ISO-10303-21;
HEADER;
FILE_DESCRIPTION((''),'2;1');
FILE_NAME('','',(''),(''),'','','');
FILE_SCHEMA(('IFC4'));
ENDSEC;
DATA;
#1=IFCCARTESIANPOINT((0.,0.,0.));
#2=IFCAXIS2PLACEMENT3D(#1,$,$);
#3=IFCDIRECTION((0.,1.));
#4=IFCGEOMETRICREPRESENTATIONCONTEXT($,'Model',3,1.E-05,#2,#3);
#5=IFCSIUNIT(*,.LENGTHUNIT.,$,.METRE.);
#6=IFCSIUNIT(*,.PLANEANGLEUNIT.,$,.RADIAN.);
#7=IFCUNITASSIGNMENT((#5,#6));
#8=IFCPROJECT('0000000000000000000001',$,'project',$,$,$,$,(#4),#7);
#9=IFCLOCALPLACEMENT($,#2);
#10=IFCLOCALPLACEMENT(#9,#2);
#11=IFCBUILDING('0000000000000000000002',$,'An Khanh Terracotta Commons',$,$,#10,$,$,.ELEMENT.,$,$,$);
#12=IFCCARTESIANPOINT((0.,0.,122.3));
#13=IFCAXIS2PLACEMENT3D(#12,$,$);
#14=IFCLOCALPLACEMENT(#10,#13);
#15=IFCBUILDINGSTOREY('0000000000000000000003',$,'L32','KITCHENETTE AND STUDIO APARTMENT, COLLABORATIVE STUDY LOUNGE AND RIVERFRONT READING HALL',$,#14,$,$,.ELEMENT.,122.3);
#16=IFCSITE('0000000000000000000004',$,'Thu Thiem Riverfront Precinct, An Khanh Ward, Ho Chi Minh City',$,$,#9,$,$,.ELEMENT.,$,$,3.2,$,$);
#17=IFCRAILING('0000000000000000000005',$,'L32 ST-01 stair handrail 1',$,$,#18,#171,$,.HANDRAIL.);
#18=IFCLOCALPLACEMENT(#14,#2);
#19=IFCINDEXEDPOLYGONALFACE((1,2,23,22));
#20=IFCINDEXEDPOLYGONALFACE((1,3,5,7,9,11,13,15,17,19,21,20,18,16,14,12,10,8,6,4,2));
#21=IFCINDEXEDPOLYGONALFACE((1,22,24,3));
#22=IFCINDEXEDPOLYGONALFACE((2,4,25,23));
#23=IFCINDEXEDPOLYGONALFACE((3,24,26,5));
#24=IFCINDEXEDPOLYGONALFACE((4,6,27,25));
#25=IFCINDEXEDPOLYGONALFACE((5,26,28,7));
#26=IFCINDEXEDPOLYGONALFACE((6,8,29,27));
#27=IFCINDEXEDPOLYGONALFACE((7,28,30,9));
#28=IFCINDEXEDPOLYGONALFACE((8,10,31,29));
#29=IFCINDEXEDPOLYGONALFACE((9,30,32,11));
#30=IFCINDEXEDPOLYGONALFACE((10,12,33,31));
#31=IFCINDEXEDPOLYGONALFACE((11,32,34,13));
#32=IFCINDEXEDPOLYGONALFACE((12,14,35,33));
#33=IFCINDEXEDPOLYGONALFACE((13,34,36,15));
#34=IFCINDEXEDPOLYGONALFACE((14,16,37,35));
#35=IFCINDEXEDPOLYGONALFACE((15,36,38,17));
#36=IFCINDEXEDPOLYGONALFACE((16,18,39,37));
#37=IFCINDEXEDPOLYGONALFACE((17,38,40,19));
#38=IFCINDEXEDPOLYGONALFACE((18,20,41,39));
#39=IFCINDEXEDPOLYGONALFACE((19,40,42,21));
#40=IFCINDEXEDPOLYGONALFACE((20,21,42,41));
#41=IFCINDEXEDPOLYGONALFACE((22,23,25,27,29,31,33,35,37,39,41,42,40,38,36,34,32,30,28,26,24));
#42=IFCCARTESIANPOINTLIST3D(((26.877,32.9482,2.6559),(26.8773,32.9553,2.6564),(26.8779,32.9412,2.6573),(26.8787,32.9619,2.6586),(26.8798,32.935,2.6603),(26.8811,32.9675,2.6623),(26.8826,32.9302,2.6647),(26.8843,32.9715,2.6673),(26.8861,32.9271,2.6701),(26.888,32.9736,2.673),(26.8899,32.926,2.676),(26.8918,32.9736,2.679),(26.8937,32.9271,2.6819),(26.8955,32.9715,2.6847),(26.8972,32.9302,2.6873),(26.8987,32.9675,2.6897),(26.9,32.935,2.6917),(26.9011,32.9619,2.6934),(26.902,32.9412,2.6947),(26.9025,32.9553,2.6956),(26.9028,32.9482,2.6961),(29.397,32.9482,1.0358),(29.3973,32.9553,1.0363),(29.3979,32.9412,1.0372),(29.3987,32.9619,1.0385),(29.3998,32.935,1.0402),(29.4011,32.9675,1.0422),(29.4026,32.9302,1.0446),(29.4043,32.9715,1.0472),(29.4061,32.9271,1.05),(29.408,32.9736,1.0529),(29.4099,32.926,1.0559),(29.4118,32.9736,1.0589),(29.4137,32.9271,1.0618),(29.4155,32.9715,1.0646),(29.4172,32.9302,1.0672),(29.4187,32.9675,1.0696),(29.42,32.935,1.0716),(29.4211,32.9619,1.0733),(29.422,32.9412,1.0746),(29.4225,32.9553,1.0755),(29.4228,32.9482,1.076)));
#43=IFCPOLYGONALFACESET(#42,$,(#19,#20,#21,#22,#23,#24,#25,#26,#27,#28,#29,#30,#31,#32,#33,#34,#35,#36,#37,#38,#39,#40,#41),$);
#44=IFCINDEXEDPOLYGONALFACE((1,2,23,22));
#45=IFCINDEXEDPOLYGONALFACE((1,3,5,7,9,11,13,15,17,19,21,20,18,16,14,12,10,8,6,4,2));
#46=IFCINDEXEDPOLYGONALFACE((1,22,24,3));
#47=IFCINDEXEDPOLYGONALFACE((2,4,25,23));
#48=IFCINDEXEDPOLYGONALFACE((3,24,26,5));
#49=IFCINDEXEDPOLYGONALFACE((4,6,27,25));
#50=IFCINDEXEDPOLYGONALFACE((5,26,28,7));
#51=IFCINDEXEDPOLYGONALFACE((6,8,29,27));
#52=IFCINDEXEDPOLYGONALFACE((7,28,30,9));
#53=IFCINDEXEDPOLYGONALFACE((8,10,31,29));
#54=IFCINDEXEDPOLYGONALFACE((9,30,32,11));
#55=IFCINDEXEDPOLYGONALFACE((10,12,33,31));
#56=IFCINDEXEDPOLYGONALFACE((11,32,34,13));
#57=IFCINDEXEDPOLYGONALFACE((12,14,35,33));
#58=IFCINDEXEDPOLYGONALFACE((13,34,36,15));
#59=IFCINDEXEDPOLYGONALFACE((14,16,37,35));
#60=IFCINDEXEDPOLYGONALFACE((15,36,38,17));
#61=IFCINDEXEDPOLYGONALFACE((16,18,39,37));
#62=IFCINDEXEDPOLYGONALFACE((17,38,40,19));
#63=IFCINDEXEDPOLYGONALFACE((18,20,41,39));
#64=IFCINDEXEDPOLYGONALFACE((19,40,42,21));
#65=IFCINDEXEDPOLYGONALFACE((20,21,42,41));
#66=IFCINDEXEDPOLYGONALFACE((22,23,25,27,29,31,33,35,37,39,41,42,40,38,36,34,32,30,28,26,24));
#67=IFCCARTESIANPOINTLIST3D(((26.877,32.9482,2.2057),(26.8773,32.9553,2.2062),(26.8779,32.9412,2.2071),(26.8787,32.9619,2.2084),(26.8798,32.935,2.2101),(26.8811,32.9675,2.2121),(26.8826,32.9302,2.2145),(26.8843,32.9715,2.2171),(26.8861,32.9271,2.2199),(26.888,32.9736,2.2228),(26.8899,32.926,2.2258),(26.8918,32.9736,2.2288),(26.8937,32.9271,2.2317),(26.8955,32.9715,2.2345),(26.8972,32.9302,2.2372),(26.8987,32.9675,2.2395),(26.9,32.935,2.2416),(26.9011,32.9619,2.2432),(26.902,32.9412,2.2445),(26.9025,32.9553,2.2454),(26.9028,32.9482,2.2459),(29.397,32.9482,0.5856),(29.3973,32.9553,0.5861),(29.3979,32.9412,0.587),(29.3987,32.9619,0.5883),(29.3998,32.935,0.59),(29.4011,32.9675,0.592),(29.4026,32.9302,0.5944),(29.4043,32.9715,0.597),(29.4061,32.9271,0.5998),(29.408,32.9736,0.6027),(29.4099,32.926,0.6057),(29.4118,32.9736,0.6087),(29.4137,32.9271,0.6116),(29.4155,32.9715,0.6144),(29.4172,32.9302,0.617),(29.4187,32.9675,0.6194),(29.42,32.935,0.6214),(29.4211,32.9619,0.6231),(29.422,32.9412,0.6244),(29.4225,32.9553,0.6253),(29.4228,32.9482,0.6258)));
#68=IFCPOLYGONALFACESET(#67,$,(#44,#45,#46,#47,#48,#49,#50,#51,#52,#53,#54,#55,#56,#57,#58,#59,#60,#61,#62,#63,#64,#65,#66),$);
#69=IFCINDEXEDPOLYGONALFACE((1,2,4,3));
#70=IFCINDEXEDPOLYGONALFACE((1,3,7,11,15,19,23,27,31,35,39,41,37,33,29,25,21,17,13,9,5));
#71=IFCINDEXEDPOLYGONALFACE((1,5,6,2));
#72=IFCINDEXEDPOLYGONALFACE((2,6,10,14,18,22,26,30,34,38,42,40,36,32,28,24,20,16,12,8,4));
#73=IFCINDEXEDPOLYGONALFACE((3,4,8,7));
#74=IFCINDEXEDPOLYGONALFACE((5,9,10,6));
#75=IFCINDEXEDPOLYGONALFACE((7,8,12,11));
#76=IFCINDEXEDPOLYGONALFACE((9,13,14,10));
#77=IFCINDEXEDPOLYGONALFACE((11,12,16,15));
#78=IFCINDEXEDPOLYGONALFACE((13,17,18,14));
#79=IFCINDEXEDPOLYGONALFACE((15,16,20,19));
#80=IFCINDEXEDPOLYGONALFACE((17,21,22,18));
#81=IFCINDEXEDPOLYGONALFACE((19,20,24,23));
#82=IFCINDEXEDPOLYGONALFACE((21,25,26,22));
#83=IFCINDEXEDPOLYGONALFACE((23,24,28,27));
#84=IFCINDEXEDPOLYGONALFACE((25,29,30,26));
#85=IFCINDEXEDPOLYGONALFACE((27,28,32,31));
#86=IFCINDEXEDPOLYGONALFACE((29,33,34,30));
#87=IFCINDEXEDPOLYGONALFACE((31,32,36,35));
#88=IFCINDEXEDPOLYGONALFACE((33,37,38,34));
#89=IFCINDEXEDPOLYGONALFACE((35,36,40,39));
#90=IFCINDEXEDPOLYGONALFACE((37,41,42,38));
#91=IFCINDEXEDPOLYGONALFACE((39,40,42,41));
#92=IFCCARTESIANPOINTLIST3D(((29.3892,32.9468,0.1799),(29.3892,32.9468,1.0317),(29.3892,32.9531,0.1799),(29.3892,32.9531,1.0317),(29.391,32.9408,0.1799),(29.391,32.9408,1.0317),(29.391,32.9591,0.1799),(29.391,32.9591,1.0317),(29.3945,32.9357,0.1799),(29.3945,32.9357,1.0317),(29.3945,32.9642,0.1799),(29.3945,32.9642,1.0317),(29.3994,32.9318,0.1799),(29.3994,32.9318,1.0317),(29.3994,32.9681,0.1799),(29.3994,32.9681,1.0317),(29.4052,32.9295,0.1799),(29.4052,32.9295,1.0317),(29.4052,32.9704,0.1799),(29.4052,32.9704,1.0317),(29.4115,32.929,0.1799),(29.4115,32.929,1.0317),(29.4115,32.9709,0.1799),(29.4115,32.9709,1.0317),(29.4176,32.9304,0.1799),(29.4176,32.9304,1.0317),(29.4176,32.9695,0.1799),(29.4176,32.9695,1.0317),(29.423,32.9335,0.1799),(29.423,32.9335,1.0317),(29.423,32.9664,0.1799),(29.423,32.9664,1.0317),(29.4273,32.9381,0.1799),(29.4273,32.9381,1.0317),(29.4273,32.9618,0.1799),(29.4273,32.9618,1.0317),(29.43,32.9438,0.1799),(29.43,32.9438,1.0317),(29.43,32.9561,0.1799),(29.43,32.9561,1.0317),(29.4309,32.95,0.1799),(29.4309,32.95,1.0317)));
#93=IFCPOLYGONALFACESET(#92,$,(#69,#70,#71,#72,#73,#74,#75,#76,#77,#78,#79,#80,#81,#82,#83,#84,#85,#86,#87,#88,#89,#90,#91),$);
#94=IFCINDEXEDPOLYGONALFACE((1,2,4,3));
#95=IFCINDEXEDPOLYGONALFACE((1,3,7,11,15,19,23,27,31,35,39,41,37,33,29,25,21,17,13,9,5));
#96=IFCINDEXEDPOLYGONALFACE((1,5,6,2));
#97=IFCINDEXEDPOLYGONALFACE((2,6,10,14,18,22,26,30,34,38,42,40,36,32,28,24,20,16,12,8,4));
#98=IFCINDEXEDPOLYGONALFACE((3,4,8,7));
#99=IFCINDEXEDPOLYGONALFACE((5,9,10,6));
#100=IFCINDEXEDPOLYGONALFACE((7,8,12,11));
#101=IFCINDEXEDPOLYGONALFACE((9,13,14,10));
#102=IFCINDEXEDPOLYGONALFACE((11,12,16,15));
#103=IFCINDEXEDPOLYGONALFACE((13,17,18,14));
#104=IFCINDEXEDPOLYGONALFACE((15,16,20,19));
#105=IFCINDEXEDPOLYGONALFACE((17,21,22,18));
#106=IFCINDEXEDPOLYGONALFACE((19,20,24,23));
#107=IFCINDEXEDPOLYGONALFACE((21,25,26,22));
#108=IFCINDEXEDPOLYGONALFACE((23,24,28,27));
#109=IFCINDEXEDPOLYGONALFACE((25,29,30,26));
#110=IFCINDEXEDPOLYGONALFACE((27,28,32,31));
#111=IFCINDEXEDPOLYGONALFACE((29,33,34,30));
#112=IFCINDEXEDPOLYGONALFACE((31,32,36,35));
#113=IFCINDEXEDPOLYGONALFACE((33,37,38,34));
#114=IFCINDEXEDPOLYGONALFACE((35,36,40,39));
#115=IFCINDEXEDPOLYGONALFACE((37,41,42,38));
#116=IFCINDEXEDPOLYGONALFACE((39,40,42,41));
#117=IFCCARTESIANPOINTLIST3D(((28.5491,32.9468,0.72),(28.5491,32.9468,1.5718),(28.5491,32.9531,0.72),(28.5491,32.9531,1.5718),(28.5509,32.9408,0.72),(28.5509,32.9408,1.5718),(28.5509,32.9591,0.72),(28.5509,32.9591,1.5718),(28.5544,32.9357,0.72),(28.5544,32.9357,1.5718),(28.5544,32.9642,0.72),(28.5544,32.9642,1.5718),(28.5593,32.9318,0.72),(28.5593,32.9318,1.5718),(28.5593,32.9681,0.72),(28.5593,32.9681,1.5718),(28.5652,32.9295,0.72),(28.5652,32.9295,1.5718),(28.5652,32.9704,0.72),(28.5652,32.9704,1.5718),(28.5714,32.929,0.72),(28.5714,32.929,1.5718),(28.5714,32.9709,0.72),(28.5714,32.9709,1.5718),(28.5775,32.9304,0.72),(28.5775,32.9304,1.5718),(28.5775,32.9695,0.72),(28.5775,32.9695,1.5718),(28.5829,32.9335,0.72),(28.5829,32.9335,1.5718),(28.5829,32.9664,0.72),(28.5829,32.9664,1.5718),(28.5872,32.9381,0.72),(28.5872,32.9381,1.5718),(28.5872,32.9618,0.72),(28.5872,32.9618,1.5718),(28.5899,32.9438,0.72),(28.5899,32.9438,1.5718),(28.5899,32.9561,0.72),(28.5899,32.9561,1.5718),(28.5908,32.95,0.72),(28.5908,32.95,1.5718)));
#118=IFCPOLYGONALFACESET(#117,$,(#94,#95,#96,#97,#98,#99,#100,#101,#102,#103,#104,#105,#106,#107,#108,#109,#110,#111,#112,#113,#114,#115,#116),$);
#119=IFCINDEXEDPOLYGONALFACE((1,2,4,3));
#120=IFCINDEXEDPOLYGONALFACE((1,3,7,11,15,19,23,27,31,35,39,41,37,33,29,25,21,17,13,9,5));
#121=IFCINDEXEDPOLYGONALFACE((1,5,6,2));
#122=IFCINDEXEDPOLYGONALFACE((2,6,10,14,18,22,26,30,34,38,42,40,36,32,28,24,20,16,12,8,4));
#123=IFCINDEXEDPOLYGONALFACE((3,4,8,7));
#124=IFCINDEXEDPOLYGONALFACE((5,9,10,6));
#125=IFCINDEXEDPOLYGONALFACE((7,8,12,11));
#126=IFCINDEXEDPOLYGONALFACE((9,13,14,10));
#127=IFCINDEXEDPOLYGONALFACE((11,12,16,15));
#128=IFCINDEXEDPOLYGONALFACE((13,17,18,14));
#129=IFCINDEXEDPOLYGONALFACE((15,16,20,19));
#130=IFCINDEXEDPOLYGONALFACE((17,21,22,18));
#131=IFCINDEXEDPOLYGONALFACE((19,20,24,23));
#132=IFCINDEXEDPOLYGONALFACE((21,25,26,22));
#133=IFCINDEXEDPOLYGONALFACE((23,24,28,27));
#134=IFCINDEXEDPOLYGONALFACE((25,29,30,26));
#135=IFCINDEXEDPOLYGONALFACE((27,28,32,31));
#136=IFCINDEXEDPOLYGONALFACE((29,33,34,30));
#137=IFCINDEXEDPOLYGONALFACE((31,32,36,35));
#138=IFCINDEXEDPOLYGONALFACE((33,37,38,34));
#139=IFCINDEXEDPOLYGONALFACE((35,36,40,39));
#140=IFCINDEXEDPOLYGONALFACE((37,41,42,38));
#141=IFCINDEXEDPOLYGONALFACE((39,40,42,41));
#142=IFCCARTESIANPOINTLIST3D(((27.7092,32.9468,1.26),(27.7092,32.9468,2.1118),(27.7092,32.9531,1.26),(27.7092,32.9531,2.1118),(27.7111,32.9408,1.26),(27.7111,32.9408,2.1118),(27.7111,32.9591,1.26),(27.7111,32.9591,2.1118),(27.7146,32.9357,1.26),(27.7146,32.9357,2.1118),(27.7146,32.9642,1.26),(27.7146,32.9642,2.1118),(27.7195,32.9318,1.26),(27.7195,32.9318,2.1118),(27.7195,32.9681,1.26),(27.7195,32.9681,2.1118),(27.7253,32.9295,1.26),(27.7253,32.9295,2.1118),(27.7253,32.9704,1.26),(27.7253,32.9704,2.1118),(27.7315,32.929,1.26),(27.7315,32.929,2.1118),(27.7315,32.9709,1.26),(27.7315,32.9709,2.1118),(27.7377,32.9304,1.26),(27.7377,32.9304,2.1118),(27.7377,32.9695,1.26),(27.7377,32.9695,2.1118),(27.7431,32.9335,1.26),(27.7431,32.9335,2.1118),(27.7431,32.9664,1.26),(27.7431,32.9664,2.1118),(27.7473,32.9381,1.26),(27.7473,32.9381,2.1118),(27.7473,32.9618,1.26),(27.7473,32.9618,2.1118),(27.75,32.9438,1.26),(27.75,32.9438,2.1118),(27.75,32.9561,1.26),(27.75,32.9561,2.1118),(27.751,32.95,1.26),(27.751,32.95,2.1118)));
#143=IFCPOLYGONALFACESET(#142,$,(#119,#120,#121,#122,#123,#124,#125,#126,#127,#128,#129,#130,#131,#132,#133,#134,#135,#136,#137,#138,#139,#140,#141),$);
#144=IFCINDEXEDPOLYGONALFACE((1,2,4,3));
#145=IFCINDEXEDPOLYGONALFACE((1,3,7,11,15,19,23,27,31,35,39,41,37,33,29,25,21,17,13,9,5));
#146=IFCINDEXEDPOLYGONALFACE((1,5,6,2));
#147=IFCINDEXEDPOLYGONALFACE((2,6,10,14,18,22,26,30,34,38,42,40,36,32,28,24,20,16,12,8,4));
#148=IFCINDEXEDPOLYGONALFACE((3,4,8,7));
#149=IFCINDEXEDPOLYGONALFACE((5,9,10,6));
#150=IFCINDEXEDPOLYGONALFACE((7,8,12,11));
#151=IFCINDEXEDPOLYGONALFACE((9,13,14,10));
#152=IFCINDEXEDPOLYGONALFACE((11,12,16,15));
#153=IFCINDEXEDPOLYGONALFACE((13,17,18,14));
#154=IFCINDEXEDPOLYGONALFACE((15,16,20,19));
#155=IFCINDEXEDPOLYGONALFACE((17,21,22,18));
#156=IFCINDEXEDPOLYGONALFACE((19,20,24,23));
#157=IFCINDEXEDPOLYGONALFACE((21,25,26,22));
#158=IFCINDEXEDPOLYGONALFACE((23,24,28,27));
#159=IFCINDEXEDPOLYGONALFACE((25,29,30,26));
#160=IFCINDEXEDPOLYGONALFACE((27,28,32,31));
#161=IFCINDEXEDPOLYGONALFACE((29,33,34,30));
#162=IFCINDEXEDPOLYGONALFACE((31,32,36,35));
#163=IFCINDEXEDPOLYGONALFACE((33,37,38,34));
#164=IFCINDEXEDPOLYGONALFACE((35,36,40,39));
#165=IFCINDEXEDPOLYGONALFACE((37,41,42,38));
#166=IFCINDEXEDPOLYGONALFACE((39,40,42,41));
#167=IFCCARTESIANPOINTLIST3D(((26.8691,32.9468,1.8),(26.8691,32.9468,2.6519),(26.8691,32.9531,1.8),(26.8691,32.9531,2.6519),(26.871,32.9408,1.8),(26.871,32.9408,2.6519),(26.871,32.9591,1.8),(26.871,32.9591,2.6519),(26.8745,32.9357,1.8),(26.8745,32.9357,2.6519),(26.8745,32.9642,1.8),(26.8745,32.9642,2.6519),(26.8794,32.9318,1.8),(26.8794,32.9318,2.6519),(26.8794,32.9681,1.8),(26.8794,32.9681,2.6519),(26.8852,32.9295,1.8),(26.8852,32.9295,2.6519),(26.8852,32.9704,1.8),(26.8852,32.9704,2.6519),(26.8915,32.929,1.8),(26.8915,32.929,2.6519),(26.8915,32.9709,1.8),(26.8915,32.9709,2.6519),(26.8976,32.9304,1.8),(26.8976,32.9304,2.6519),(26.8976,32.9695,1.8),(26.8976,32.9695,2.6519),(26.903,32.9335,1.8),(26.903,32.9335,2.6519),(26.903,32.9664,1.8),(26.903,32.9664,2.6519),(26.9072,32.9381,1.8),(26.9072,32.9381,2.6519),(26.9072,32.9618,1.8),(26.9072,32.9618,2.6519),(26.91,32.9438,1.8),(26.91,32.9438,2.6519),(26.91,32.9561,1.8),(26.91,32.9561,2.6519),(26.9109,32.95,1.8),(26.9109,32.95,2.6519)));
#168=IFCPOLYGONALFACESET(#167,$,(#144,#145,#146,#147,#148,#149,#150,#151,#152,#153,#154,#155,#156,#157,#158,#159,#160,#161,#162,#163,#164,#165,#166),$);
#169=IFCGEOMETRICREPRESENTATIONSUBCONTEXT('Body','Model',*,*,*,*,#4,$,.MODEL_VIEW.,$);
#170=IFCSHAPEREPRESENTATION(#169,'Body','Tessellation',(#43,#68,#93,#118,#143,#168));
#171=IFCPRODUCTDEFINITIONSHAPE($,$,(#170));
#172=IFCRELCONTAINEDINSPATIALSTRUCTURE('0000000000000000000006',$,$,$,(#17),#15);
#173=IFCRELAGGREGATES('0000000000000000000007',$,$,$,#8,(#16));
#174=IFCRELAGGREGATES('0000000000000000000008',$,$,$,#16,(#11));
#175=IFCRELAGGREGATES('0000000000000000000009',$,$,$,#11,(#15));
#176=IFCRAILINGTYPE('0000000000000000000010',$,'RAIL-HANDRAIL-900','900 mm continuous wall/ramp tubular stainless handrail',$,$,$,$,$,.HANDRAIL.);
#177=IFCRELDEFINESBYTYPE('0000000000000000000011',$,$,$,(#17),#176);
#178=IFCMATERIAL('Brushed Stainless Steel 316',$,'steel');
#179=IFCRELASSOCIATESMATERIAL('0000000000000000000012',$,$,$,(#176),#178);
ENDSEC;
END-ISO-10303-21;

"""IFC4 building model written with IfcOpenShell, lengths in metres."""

from ifc_helpers import new_model, si_unit, direction, frame, origin, origin_2d, place, context, subcontext, project, spatial, circle, extrude, material, type_object, element, save


model = new_model("IFC4")

# Units and contexts
model_context = context("Model", 3, precision=1e-05, world=origin(), true_north=direction((0.0, 1.0)))
body_context = subcontext(model_context, "Body", "Model", "MODEL_VIEW")
ifc_project = project(units=[si_unit("LENGTHUNIT", "METRE"), si_unit("PLANEANGLEUNIT", "RADIAN")], contexts=[model_context])

# Site, building, storey
site_placement = place(None, origin())
site = spatial("IfcSite", under=ifc_project, at=site_placement, Name="Thu Thiem Riverfront Precinct, An Khanh Ward, Ho Chi Minh City", CompositionType="ELEMENT", RefElevation=3.2)
building_placement = place(site_placement, origin())
building = spatial("IfcBuilding", under=site, at=building_placement, Name="An Khanh Terracotta Commons", CompositionType="ELEMENT")
storey_placement = place(building_placement, frame((0.0, 0.0, 122.3)))
storey = spatial("IfcBuildingStorey", under=building, at=storey_placement, Name="L32", Description="KITCHENETTE AND STUDIO APARTMENT, COLLABORATIVE STUDY LOUNGE AND RIVERFRONT READING HALL", CompositionType="ELEMENT", Elevation=122.3)

# Railing
ifc_material_1 = material(Name="Brushed Stainless Steel 316", Category="steel")
railing_type_1 = type_object("IfcRailingType", Name="RAIL-HANDRAIL-900", Description="900 mm continuous wall/ramp tubular stainless handrail", PredefinedType="HANDRAIL", material=ifc_material_1)
railing_1_placement = place(storey_placement, frame((29.4099, 32.95, 0.1799)))
element("IfcRailing", 1, at=railing_1_placement, inside=storey, type_object=railing_type_1, Name="L32 ST-01 stair handrail 1", PredefinedType="HANDRAIL", context=body_context, shape_type="SweptSolid", body=[
    extrude(circle(Radius=0.0239, at=origin_2d()), frame((0.0, 0.0, 0.876), z_axis=(-0.841163, 0.0, 0.540782), x_axis=(0.0, -1.0, 0.0)), (0.0, 0.0, 1.0), 2.9958),
    extrude(circle(Radius=0.0239, at=origin_2d()), frame((0.0, 0.0, 0.4258), z_axis=(-0.841163, 0.0, 0.540782), x_axis=(0.0, -1.0, 0.0)), (0.0, 0.0, 1.0), 2.9958),
    extrude(circle(Radius=0.021, at=origin_2d()), origin(), (0.0, 0.0, 1.0), 0.8518),
    extrude(circle(Radius=0.021, at=origin_2d()), frame((-0.8401, 0.0, 0.54)), (0.0, 0.0, 1.0), 0.8518),
    extrude(circle(Radius=0.021, at=origin_2d()), frame((-1.6799, 0.0, 1.0801)), (0.0, 0.0, 1.0), 0.8518),
    extrude(circle(Radius=0.021, at=origin_2d()), frame((-2.52, 0.0, 1.6201)), (0.0, 0.0, 1.0), 0.8518),
])

save(model, "model.ifc")
